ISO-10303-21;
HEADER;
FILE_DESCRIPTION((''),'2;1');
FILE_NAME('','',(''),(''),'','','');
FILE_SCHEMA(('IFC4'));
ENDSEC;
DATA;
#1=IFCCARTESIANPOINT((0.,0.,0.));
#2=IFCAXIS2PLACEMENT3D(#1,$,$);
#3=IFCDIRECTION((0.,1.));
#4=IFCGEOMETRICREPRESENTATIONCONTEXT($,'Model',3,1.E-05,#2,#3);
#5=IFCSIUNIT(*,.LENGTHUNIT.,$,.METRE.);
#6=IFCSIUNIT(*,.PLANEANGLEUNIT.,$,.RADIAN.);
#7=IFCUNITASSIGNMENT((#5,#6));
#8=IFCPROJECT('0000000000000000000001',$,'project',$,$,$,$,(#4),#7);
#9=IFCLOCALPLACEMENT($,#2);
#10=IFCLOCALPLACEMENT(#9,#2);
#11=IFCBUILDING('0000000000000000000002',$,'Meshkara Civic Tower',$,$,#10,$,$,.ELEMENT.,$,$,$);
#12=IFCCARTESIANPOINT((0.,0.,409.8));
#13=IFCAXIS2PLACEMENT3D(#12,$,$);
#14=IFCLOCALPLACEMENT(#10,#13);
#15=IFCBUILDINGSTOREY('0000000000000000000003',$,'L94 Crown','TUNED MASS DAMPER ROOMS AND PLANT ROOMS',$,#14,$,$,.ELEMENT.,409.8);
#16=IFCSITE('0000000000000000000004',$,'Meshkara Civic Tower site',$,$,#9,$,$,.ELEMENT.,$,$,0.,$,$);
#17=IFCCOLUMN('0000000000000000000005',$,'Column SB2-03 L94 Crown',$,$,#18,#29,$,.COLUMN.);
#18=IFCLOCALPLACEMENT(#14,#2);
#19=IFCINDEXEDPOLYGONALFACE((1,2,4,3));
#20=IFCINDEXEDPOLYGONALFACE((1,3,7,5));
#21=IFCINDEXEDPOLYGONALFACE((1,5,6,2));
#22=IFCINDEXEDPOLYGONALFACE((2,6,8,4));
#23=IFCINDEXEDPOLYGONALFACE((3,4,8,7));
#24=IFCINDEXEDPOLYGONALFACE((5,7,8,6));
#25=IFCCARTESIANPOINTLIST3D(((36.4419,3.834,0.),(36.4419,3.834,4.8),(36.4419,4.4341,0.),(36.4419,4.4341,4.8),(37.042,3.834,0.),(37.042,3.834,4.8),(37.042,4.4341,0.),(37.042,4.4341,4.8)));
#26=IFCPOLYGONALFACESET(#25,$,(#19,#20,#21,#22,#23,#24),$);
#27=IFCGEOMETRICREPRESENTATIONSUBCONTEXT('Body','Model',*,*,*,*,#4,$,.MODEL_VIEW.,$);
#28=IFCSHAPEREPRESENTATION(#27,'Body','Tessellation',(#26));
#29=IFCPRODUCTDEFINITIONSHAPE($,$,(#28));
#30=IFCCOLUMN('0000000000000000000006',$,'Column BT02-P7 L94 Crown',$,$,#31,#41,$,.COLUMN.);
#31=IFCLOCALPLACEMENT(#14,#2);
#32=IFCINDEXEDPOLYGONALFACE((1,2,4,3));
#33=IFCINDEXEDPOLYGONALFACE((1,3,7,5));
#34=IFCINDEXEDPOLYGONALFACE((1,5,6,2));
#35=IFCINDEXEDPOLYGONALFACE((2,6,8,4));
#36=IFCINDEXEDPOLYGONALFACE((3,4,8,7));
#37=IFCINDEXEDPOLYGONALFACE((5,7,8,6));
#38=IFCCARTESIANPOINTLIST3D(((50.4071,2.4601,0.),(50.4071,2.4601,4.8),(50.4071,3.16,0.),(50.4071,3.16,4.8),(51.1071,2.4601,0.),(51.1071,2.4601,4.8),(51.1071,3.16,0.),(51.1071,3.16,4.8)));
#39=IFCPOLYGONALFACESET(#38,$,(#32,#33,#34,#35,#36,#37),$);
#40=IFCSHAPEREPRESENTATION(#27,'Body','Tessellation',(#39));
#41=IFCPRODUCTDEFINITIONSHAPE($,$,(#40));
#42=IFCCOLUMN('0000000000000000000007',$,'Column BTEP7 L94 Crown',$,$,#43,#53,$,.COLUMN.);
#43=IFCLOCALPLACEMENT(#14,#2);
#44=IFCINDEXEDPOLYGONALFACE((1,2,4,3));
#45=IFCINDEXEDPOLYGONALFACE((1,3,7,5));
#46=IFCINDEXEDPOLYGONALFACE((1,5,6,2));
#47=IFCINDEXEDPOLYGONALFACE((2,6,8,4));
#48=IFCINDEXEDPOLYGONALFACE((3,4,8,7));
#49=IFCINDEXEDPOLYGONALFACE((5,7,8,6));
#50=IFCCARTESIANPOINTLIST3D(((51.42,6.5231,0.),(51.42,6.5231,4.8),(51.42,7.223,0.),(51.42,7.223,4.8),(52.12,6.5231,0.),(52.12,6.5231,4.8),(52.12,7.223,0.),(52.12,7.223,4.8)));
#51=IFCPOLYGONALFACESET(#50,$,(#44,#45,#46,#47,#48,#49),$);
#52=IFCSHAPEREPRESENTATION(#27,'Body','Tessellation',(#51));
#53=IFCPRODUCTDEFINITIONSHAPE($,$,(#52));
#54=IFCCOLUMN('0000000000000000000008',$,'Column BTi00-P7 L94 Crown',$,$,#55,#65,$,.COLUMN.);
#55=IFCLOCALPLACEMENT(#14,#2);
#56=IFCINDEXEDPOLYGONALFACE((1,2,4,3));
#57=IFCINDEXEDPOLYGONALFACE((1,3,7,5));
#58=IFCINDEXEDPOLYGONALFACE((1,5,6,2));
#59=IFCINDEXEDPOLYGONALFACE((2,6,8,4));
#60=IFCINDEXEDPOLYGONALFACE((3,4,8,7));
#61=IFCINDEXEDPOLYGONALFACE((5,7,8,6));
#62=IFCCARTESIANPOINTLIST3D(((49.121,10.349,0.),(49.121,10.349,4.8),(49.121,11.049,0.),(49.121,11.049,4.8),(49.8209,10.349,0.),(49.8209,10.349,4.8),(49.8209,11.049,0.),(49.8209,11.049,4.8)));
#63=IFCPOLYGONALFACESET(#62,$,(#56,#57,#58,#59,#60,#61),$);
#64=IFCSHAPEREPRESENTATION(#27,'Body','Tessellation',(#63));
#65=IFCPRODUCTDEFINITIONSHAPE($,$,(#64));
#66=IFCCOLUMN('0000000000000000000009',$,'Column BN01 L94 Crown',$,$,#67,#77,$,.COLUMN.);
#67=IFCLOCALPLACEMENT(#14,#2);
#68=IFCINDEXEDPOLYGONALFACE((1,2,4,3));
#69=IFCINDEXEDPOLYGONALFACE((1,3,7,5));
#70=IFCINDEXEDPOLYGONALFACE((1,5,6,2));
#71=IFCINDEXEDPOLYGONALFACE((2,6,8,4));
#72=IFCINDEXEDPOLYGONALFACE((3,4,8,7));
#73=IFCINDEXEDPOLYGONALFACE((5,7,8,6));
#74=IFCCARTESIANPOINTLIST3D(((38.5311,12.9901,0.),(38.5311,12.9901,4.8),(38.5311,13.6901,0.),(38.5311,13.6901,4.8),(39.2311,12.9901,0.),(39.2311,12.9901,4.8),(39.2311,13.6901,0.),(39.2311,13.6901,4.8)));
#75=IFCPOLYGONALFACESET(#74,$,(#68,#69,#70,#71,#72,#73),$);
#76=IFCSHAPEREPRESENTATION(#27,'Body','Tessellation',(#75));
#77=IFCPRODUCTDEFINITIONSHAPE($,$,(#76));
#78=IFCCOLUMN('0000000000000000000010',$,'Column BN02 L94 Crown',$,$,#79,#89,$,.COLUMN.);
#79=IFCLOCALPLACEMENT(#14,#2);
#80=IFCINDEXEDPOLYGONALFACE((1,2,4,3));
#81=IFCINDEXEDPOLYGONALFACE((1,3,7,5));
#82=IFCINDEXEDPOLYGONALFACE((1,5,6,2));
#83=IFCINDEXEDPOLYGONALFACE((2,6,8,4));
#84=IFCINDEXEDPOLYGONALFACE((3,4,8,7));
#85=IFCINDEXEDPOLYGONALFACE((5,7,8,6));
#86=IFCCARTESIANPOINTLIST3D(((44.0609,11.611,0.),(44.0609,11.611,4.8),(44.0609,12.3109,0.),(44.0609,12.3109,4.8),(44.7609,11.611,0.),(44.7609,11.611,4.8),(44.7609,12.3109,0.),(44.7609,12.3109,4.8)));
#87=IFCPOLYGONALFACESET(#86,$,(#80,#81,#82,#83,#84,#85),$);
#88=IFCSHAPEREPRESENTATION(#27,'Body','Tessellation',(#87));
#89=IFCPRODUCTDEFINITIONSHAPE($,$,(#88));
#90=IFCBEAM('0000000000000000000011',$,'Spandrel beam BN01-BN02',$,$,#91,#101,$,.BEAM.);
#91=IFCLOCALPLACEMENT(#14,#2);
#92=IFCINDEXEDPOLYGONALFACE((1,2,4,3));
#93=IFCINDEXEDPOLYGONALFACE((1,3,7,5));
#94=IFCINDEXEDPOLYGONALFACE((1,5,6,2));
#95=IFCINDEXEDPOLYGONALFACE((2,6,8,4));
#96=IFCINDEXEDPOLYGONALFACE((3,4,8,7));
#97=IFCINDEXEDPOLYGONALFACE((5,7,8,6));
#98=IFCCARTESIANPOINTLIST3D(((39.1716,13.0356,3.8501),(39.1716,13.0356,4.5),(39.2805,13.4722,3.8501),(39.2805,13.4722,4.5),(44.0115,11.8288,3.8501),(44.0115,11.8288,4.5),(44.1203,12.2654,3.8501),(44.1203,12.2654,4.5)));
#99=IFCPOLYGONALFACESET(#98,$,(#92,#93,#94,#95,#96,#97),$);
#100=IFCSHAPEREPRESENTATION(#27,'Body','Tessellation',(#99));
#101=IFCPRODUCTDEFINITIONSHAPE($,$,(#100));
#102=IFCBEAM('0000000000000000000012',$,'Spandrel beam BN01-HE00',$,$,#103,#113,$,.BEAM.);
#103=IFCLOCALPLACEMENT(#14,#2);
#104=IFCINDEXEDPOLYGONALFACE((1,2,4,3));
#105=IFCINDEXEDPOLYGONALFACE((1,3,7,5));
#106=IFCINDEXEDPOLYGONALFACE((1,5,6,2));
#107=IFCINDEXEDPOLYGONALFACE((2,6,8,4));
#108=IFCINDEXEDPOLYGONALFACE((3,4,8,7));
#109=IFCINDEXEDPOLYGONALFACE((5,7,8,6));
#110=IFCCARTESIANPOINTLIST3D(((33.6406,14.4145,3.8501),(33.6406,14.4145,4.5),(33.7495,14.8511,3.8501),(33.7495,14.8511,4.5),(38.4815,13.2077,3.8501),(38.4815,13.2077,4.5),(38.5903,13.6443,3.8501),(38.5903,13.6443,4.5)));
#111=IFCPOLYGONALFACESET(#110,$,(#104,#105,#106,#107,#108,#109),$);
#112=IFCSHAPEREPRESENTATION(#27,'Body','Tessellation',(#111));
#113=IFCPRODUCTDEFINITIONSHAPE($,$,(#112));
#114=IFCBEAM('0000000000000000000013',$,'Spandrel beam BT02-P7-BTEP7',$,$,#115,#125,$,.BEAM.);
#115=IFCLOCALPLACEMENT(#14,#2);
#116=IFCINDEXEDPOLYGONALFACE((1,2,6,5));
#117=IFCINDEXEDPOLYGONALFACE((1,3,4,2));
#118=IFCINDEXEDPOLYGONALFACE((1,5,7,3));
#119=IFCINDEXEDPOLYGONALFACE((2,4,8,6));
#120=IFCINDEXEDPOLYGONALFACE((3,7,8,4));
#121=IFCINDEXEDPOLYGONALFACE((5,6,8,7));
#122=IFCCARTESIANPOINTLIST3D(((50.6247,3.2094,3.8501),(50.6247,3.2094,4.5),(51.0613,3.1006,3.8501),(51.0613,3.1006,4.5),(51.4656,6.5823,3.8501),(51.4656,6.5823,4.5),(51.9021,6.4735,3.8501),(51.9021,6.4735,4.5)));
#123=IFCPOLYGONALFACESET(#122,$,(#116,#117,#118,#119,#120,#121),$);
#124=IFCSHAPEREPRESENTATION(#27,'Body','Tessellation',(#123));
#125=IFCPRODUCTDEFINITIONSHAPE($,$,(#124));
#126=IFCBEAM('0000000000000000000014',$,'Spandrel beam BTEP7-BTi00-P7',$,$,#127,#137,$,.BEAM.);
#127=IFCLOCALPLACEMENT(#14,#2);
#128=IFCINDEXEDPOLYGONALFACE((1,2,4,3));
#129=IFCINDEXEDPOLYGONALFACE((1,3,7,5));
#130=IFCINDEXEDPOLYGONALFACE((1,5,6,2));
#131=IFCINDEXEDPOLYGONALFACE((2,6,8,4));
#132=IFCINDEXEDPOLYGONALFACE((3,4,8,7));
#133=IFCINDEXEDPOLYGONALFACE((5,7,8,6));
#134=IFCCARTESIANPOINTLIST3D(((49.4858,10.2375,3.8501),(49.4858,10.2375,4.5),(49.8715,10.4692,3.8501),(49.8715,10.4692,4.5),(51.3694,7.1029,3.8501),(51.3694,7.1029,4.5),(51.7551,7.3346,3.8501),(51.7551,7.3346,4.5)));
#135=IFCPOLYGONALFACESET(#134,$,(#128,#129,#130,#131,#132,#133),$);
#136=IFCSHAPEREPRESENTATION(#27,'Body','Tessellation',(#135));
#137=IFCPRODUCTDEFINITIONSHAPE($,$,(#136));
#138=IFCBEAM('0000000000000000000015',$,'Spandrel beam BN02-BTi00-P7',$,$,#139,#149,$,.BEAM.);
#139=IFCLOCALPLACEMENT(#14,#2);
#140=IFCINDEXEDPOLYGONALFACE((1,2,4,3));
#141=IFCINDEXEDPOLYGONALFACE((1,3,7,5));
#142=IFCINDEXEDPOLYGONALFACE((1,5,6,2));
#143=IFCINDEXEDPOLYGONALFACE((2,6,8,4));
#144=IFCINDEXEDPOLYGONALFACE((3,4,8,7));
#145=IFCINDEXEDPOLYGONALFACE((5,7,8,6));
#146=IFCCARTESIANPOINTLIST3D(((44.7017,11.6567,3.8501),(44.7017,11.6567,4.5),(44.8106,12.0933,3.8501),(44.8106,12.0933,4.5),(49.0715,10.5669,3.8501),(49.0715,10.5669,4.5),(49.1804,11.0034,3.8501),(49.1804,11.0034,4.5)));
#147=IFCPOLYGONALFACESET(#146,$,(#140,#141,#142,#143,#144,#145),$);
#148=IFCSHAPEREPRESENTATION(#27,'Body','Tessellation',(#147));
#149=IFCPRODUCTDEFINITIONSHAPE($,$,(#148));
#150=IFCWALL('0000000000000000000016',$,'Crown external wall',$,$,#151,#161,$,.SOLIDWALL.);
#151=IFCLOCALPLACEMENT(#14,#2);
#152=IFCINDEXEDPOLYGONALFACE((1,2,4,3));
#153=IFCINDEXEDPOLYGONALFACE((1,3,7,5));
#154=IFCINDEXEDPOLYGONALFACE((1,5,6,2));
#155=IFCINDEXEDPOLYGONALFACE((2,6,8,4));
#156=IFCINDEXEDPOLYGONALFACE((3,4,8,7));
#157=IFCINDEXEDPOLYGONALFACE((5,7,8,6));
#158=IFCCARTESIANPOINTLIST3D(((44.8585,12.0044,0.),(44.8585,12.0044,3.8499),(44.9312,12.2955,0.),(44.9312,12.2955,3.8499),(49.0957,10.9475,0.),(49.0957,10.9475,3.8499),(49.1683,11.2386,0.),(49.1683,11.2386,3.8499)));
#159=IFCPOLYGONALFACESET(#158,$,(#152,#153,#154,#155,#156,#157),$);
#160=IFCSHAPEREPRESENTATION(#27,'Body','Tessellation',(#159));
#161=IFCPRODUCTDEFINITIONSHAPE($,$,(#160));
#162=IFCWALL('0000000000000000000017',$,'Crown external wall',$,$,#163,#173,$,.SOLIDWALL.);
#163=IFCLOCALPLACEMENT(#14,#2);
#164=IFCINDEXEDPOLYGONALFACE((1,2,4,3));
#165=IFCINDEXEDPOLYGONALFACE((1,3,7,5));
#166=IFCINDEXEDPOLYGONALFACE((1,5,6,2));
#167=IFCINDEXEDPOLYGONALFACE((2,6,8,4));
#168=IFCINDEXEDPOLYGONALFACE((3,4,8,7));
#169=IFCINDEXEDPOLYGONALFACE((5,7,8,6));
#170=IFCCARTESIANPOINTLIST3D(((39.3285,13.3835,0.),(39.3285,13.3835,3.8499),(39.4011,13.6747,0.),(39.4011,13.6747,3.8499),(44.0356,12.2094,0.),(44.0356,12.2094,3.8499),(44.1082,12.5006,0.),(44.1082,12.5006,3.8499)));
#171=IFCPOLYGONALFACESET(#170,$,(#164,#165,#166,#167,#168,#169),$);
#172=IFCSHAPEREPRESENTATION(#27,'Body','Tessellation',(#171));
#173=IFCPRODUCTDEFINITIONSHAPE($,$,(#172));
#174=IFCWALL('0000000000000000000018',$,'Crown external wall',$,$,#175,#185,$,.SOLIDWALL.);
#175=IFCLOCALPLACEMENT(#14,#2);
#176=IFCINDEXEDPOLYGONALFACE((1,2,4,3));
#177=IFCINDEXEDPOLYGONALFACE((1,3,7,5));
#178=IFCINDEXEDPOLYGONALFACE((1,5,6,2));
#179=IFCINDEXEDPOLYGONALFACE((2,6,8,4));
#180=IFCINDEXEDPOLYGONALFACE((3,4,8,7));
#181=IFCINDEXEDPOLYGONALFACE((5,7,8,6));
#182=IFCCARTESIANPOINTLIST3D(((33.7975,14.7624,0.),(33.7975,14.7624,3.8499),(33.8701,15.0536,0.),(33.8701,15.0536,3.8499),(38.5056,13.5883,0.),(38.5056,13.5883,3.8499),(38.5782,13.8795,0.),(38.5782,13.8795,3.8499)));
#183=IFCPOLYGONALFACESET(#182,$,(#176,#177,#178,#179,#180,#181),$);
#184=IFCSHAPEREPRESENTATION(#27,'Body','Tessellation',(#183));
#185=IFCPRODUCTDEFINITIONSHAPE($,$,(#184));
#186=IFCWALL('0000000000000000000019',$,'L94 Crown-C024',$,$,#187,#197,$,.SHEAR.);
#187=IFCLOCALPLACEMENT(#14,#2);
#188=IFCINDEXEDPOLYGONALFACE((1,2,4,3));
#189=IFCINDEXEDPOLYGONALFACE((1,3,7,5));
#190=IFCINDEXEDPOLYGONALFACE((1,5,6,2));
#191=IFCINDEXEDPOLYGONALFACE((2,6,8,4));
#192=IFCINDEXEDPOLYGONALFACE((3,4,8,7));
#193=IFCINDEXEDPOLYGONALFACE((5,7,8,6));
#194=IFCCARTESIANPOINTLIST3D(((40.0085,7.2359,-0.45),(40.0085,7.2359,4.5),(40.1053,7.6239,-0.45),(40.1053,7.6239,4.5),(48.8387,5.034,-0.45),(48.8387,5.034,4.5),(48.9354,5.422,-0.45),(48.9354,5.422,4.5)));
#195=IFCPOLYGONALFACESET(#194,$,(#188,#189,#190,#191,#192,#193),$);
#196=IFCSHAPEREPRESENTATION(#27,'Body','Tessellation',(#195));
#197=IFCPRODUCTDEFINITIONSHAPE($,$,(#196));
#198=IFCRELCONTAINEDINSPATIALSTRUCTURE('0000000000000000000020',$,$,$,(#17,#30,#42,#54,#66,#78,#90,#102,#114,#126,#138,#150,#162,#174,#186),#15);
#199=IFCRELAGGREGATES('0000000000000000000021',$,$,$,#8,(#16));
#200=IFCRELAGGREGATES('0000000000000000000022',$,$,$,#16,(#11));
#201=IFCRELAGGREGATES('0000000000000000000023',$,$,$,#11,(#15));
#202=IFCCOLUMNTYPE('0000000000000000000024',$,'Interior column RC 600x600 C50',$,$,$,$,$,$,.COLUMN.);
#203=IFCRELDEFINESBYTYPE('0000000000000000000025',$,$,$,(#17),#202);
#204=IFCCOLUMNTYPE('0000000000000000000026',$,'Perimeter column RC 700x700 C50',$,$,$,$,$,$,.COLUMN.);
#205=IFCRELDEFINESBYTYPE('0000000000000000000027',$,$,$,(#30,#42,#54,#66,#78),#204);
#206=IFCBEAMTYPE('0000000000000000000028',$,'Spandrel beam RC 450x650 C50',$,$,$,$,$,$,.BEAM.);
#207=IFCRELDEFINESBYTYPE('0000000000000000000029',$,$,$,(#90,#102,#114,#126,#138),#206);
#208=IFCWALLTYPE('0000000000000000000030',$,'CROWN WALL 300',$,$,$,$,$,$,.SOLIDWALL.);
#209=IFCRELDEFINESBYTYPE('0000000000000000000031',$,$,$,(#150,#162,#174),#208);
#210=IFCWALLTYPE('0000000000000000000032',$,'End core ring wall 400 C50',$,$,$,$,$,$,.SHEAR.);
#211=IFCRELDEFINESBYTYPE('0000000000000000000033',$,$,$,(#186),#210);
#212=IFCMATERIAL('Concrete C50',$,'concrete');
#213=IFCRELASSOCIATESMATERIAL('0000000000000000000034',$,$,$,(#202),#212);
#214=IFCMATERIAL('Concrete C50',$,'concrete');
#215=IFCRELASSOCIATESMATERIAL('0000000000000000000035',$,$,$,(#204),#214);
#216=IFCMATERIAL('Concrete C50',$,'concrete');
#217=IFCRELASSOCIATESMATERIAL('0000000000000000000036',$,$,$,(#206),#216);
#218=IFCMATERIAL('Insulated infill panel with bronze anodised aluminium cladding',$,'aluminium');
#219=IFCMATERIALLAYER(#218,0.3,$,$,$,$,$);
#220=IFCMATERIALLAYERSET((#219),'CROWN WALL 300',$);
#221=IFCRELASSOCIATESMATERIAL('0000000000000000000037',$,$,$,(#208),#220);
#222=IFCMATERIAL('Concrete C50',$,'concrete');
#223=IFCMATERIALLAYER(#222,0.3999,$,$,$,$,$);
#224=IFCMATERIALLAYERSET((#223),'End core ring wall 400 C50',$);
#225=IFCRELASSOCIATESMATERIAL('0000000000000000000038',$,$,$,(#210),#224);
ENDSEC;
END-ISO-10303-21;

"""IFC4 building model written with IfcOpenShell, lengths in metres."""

from ifc_helpers import new_model, si_unit, direction, frame, frame_2d, origin, origin_2d, place, context, subcontext, project, spatial, rectangle, extrude, material, layer, layer_set, material_profile, profile_set, type_object, element, save


model = new_model("IFC4")

# Units and contexts
model_context = context("Model", 3, precision=1e-05, world=origin(), true_north=direction((0.0, 1.0)))
body_context = subcontext(model_context, "Body", "Model", "MODEL_VIEW")
ifc_project = project(units=[si_unit("LENGTHUNIT", "METRE"), si_unit("PLANEANGLEUNIT", "RADIAN")], contexts=[model_context])

# Site, building, storey
site_placement = place(None, origin())
site = spatial("IfcSite", under=ifc_project, at=site_placement, Name="Meshkara Civic Tower site", CompositionType="ELEMENT", RefElevation=0.0)
building_placement = place(site_placement, origin())
building = spatial("IfcBuilding", under=site, at=building_placement, Name="Meshkara Civic Tower", CompositionType="ELEMENT")
storey_placement = place(building_placement, frame((0.0, 0.0, 409.8)))
storey = spatial("IfcBuildingStorey", under=building, at=storey_placement, Name="L94 Crown", Description="TUNED MASS DAMPER ROOMS AND PLANT ROOMS", CompositionType="ELEMENT", Elevation=409.8)

# Columns
ifc_material_1 = material(Name="Concrete C50", Category="concrete")
ifc_material_profile_1 = material_profile(ifc_material_1, rectangle(XDim=0.6001, YDim=0.6001, at=origin_2d()))
ifc_profile_set_1 = profile_set([ifc_material_profile_1], Name="Concrete C50")
column_type_1 = type_object("IfcColumnType", Name="Interior column RC 600x600 C50", PredefinedType="COLUMN", material=ifc_profile_set_1)
column_placement = place(storey_placement, frame((36.7419, 4.134, 0.0), z_axis=(0.0, 0.0, 1.0), x_axis=(1.0, 0.0, 0.0)))
element("IfcColumn", 1, at=column_placement, inside=storey, type_object=column_type_1, Name="Column SB2-03 L94 Crown", PredefinedType="COLUMN", context=body_context, shape_type="SweptSolid", body=[
    extrude(rectangle(XDim=0.6001, YDim=0.6001, at=origin_2d()), origin(), (0.0, 0.0, 1.0), 4.8),
])
ifc_material_2 = material(Name="Concrete C50", Category="concrete")
ifc_material_profile_2 = material_profile(ifc_material_2, rectangle(XDim=0.7, YDim=0.7, at=origin_2d()))
ifc_profile_set_2 = profile_set([ifc_material_profile_2], Name="Concrete C50")
column_type_2 = type_object("IfcColumnType", Name="Perimeter column RC 700x700 C50", PredefinedType="COLUMN", material=ifc_profile_set_2)
for number, where, z_axis, x_axis, name in (
    (2, (50.7571, 2.8101, 0.0), (0.0, 0.0, 1.0), (1.0, 0.0, 0.0), "Column BT02-P7 L94 Crown"),
    (3, (51.77, 6.873, 0.0), (0.0, 0.0, 1.0), (1.0, 0.0, 0.0), "Column BTEP7 L94 Crown"),
    (4, (49.4709, 10.699, 0.0), (0.0, 0.0, 1.0), (1.0, 0.0, 0.0), "Column BTi00-P7 L94 Crown"),
    (5, (38.8811, 13.3401, 0.0), (0.0, 0.0, 1.0), (1.0, 0.0, 0.0), "Column BN01 L94 Crown"),
    (6, (44.4109, 11.9609, 0.0), (0.0, 0.0, 1.0), (1.0, 0.0, 0.0), "Column BN02 L94 Crown"),
):
    element("IfcColumn", number, at=place(storey_placement, frame(where, z_axis=z_axis, x_axis=x_axis)), inside=storey, type_object=column_type_2, Name=name, PredefinedType="COLUMN", context=body_context, shape_type="SweptSolid", body=[
        extrude(rectangle(XDim=0.7, YDim=0.7, at=origin_2d()), origin(), (0.0, 0.0, 1.0), 4.8),
    ])

# Beams
ifc_material_3 = material(Name="Concrete C50", Category="concrete")
ifc_material_profile_3 = material_profile(ifc_material_3, rectangle(XDim=0.45, YDim=0.6499, at=origin_2d()))
ifc_profile_set_3 = profile_set([ifc_material_profile_3], Name="Concrete C50")
beam_type = type_object("IfcBeamType", Name="Spandrel beam RC 450x650 C50", PredefinedType="BEAM", material=ifc_profile_set_3)
beam_1_placement = place(storey_placement, frame((44.0659, 12.0471, 4.175), z_axis=(-0.970292, 0.241937, 0.0), x_axis=(-0.241937, -0.970292, 0.0)))
element("IfcBeam", 7, at=beam_1_placement, inside=storey, type_object=beam_type, Name="Spandrel beam BN01-BN02", PredefinedType="BEAM", context=body_context, shape_type="SweptSolid", body=[
    extrude(rectangle(XDim=0.45, YDim=0.6499, at=origin_2d()), origin(), (0.0, 0.0, 1.0), 4.988),
])
beam_2_placement = place(storey_placement, frame((38.5359, 13.426, 4.175), z_axis=(-0.970303, 0.241891, 0.0), x_axis=(-0.241891, -0.970303, 0.0)))
element("IfcBeam", 8, at=beam_2_placement, inside=storey, type_object=beam_type, Name="Spandrel beam BN01-HE00", PredefinedType="BEAM", context=body_context, shape_type="SweptSolid", body=[
    extrude(rectangle(XDim=0.45, YDim=0.6499, at=origin_2d()), origin(), (0.0, 0.0, 1.0), 4.989),
])
beam_3_placement = place(storey_placement, frame((50.843, 3.155, 4.175), z_axis=(0.241891, 0.970303, 0.0), x_axis=(-0.970303, 0.241891, 0.0)))
element("IfcBeam", 9, at=beam_3_placement, inside=storey, type_object=beam_type, Name="Spandrel beam BT02-P7-BTEP7", PredefinedType="BEAM", context=body_context, shape_type="SweptSolid", body=[
    extrude(rectangle(XDim=0.45, YDim=0.6499, at=origin_2d()), origin(), (0.0, 0.0, 1.0), 3.4761),
])
beam_4_placement = place(storey_placement, frame((51.5623, 7.2188, 4.175), z_axis=(-0.515065, 0.857151, 0.0), x_axis=(-0.857151, -0.515065, 0.0)))
element("IfcBeam", 10, at=beam_4_placement, inside=storey, type_object=beam_type, Name="Spandrel beam BTEP7-BTi00-P7", PredefinedType="BEAM", context=body_context, shape_type="SweptSolid", body=[
    extrude(rectangle(XDim=0.45, YDim=0.6499, at=origin_2d()), origin(), (0.0, 0.0, 1.0), 3.657),
])
beam_5_placement = place(storey_placement, frame((49.126, 10.7852, 4.175), z_axis=(-0.970279, 0.241987, 0.0), x_axis=(-0.241987, -0.970279, 0.0)))
element("IfcBeam", 11, at=beam_5_placement, inside=storey, type_object=beam_type, Name="Spandrel beam BN02-BTi00-P7", PredefinedType="BEAM", context=body_context, shape_type="SweptSolid", body=[
    extrude(rectangle(XDim=0.45, YDim=0.6499, at=origin_2d()), origin(), (0.0, 0.0, 1.0), 4.5037),
])

# Walls
ifc_material_4 = material(Name="Insulated infill panel with bronze anodised aluminium cladding", Category="aluminium")
ifc_layer_1 = layer(ifc_material_4, 0.3)
ifc_layer_set_1 = layer_set([ifc_layer_1], Name="CROWN WALL 300")
wall_type_1 = type_object("IfcWallType", Name="CROWN WALL 300", PredefinedType="SOLIDWALL", material=ifc_layer_set_1)
wall_1_placement = place(storey_placement, frame((49.1321, 11.093, 0.0), z_axis=(0.0, 0.0, 1.0), x_axis=(-0.970271, 0.242023, 0.0)))
element("IfcWall", 12, at=wall_1_placement, inside=storey, type_object=wall_type_1, Name="Crown external wall", PredefinedType="SOLIDWALL", context=body_context, shape_type="SweptSolid", body=[
    extrude(rectangle(XDim=4.3669, YDim=0.3, at=frame_2d((2.1836, 0.0))), origin(), (0.0, 0.0, 1.0), 3.8499),
])
wall_2_placement = place(storey_placement, frame((44.072, 12.355, 0.0), z_axis=(0.0, 0.0, 1.0), x_axis=(-0.970273, 0.242015, 0.0)))
element("IfcWall", 13, at=wall_2_placement, inside=storey, type_object=wall_type_1, Name="Crown external wall", PredefinedType="SOLIDWALL", context=body_context, shape_type="SweptSolid", body=[
    extrude(rectangle(XDim=4.8513, YDim=0.3, at=frame_2d((2.4258, 0.0))), origin(), (0.0, 0.0, 1.0), 3.8499),
])
wall_3_placement = place(storey_placement, frame((38.542, 13.7339, 0.0), z_axis=(0.0, 0.0, 1.0), x_axis=(-0.970284, 0.241967, 0.0)))
element("IfcWall", 14, at=wall_3_placement, inside=storey, type_object=wall_type_1, Name="Crown external wall", PredefinedType="SOLIDWALL", context=body_context, shape_type="SweptSolid", body=[
    extrude(rectangle(XDim=4.8523, YDim=0.3, at=frame_2d((2.4263, 0.0))), origin(), (0.0, 0.0, 1.0), 3.8499),
])

# Wall
ifc_material_5 = material(Name="Concrete C50", Category="concrete")
ifc_layer_2 = layer(ifc_material_5, 0.3999)
ifc_layer_set_2 = layer_set([ifc_layer_2], Name="End core ring wall 400 C50")
wall_type_2 = type_object("IfcWallType", Name="End core ring wall 400 C50", PredefinedType="SHEAR", material=ifc_layer_set_2)
wall_4_placement = place(storey_placement, frame((40.0569, 7.4299, -0.45), z_axis=(0.0, 0.0, 1.0), x_axis=(0.970288, -0.241955, 0.0)))
element("IfcWall", 15, at=wall_4_placement, inside=storey, type_object=wall_type_2, Name="L94 Crown-C024", PredefinedType="SHEAR", context=body_context, shape_type="SweptSolid", body=[
    extrude(rectangle(XDim=9.1006, YDim=0.3999, at=frame_2d((4.5503, 0.0))), origin(), (0.0, 0.0, 1.0), 4.95),
])

save(model, "model.ifc")
